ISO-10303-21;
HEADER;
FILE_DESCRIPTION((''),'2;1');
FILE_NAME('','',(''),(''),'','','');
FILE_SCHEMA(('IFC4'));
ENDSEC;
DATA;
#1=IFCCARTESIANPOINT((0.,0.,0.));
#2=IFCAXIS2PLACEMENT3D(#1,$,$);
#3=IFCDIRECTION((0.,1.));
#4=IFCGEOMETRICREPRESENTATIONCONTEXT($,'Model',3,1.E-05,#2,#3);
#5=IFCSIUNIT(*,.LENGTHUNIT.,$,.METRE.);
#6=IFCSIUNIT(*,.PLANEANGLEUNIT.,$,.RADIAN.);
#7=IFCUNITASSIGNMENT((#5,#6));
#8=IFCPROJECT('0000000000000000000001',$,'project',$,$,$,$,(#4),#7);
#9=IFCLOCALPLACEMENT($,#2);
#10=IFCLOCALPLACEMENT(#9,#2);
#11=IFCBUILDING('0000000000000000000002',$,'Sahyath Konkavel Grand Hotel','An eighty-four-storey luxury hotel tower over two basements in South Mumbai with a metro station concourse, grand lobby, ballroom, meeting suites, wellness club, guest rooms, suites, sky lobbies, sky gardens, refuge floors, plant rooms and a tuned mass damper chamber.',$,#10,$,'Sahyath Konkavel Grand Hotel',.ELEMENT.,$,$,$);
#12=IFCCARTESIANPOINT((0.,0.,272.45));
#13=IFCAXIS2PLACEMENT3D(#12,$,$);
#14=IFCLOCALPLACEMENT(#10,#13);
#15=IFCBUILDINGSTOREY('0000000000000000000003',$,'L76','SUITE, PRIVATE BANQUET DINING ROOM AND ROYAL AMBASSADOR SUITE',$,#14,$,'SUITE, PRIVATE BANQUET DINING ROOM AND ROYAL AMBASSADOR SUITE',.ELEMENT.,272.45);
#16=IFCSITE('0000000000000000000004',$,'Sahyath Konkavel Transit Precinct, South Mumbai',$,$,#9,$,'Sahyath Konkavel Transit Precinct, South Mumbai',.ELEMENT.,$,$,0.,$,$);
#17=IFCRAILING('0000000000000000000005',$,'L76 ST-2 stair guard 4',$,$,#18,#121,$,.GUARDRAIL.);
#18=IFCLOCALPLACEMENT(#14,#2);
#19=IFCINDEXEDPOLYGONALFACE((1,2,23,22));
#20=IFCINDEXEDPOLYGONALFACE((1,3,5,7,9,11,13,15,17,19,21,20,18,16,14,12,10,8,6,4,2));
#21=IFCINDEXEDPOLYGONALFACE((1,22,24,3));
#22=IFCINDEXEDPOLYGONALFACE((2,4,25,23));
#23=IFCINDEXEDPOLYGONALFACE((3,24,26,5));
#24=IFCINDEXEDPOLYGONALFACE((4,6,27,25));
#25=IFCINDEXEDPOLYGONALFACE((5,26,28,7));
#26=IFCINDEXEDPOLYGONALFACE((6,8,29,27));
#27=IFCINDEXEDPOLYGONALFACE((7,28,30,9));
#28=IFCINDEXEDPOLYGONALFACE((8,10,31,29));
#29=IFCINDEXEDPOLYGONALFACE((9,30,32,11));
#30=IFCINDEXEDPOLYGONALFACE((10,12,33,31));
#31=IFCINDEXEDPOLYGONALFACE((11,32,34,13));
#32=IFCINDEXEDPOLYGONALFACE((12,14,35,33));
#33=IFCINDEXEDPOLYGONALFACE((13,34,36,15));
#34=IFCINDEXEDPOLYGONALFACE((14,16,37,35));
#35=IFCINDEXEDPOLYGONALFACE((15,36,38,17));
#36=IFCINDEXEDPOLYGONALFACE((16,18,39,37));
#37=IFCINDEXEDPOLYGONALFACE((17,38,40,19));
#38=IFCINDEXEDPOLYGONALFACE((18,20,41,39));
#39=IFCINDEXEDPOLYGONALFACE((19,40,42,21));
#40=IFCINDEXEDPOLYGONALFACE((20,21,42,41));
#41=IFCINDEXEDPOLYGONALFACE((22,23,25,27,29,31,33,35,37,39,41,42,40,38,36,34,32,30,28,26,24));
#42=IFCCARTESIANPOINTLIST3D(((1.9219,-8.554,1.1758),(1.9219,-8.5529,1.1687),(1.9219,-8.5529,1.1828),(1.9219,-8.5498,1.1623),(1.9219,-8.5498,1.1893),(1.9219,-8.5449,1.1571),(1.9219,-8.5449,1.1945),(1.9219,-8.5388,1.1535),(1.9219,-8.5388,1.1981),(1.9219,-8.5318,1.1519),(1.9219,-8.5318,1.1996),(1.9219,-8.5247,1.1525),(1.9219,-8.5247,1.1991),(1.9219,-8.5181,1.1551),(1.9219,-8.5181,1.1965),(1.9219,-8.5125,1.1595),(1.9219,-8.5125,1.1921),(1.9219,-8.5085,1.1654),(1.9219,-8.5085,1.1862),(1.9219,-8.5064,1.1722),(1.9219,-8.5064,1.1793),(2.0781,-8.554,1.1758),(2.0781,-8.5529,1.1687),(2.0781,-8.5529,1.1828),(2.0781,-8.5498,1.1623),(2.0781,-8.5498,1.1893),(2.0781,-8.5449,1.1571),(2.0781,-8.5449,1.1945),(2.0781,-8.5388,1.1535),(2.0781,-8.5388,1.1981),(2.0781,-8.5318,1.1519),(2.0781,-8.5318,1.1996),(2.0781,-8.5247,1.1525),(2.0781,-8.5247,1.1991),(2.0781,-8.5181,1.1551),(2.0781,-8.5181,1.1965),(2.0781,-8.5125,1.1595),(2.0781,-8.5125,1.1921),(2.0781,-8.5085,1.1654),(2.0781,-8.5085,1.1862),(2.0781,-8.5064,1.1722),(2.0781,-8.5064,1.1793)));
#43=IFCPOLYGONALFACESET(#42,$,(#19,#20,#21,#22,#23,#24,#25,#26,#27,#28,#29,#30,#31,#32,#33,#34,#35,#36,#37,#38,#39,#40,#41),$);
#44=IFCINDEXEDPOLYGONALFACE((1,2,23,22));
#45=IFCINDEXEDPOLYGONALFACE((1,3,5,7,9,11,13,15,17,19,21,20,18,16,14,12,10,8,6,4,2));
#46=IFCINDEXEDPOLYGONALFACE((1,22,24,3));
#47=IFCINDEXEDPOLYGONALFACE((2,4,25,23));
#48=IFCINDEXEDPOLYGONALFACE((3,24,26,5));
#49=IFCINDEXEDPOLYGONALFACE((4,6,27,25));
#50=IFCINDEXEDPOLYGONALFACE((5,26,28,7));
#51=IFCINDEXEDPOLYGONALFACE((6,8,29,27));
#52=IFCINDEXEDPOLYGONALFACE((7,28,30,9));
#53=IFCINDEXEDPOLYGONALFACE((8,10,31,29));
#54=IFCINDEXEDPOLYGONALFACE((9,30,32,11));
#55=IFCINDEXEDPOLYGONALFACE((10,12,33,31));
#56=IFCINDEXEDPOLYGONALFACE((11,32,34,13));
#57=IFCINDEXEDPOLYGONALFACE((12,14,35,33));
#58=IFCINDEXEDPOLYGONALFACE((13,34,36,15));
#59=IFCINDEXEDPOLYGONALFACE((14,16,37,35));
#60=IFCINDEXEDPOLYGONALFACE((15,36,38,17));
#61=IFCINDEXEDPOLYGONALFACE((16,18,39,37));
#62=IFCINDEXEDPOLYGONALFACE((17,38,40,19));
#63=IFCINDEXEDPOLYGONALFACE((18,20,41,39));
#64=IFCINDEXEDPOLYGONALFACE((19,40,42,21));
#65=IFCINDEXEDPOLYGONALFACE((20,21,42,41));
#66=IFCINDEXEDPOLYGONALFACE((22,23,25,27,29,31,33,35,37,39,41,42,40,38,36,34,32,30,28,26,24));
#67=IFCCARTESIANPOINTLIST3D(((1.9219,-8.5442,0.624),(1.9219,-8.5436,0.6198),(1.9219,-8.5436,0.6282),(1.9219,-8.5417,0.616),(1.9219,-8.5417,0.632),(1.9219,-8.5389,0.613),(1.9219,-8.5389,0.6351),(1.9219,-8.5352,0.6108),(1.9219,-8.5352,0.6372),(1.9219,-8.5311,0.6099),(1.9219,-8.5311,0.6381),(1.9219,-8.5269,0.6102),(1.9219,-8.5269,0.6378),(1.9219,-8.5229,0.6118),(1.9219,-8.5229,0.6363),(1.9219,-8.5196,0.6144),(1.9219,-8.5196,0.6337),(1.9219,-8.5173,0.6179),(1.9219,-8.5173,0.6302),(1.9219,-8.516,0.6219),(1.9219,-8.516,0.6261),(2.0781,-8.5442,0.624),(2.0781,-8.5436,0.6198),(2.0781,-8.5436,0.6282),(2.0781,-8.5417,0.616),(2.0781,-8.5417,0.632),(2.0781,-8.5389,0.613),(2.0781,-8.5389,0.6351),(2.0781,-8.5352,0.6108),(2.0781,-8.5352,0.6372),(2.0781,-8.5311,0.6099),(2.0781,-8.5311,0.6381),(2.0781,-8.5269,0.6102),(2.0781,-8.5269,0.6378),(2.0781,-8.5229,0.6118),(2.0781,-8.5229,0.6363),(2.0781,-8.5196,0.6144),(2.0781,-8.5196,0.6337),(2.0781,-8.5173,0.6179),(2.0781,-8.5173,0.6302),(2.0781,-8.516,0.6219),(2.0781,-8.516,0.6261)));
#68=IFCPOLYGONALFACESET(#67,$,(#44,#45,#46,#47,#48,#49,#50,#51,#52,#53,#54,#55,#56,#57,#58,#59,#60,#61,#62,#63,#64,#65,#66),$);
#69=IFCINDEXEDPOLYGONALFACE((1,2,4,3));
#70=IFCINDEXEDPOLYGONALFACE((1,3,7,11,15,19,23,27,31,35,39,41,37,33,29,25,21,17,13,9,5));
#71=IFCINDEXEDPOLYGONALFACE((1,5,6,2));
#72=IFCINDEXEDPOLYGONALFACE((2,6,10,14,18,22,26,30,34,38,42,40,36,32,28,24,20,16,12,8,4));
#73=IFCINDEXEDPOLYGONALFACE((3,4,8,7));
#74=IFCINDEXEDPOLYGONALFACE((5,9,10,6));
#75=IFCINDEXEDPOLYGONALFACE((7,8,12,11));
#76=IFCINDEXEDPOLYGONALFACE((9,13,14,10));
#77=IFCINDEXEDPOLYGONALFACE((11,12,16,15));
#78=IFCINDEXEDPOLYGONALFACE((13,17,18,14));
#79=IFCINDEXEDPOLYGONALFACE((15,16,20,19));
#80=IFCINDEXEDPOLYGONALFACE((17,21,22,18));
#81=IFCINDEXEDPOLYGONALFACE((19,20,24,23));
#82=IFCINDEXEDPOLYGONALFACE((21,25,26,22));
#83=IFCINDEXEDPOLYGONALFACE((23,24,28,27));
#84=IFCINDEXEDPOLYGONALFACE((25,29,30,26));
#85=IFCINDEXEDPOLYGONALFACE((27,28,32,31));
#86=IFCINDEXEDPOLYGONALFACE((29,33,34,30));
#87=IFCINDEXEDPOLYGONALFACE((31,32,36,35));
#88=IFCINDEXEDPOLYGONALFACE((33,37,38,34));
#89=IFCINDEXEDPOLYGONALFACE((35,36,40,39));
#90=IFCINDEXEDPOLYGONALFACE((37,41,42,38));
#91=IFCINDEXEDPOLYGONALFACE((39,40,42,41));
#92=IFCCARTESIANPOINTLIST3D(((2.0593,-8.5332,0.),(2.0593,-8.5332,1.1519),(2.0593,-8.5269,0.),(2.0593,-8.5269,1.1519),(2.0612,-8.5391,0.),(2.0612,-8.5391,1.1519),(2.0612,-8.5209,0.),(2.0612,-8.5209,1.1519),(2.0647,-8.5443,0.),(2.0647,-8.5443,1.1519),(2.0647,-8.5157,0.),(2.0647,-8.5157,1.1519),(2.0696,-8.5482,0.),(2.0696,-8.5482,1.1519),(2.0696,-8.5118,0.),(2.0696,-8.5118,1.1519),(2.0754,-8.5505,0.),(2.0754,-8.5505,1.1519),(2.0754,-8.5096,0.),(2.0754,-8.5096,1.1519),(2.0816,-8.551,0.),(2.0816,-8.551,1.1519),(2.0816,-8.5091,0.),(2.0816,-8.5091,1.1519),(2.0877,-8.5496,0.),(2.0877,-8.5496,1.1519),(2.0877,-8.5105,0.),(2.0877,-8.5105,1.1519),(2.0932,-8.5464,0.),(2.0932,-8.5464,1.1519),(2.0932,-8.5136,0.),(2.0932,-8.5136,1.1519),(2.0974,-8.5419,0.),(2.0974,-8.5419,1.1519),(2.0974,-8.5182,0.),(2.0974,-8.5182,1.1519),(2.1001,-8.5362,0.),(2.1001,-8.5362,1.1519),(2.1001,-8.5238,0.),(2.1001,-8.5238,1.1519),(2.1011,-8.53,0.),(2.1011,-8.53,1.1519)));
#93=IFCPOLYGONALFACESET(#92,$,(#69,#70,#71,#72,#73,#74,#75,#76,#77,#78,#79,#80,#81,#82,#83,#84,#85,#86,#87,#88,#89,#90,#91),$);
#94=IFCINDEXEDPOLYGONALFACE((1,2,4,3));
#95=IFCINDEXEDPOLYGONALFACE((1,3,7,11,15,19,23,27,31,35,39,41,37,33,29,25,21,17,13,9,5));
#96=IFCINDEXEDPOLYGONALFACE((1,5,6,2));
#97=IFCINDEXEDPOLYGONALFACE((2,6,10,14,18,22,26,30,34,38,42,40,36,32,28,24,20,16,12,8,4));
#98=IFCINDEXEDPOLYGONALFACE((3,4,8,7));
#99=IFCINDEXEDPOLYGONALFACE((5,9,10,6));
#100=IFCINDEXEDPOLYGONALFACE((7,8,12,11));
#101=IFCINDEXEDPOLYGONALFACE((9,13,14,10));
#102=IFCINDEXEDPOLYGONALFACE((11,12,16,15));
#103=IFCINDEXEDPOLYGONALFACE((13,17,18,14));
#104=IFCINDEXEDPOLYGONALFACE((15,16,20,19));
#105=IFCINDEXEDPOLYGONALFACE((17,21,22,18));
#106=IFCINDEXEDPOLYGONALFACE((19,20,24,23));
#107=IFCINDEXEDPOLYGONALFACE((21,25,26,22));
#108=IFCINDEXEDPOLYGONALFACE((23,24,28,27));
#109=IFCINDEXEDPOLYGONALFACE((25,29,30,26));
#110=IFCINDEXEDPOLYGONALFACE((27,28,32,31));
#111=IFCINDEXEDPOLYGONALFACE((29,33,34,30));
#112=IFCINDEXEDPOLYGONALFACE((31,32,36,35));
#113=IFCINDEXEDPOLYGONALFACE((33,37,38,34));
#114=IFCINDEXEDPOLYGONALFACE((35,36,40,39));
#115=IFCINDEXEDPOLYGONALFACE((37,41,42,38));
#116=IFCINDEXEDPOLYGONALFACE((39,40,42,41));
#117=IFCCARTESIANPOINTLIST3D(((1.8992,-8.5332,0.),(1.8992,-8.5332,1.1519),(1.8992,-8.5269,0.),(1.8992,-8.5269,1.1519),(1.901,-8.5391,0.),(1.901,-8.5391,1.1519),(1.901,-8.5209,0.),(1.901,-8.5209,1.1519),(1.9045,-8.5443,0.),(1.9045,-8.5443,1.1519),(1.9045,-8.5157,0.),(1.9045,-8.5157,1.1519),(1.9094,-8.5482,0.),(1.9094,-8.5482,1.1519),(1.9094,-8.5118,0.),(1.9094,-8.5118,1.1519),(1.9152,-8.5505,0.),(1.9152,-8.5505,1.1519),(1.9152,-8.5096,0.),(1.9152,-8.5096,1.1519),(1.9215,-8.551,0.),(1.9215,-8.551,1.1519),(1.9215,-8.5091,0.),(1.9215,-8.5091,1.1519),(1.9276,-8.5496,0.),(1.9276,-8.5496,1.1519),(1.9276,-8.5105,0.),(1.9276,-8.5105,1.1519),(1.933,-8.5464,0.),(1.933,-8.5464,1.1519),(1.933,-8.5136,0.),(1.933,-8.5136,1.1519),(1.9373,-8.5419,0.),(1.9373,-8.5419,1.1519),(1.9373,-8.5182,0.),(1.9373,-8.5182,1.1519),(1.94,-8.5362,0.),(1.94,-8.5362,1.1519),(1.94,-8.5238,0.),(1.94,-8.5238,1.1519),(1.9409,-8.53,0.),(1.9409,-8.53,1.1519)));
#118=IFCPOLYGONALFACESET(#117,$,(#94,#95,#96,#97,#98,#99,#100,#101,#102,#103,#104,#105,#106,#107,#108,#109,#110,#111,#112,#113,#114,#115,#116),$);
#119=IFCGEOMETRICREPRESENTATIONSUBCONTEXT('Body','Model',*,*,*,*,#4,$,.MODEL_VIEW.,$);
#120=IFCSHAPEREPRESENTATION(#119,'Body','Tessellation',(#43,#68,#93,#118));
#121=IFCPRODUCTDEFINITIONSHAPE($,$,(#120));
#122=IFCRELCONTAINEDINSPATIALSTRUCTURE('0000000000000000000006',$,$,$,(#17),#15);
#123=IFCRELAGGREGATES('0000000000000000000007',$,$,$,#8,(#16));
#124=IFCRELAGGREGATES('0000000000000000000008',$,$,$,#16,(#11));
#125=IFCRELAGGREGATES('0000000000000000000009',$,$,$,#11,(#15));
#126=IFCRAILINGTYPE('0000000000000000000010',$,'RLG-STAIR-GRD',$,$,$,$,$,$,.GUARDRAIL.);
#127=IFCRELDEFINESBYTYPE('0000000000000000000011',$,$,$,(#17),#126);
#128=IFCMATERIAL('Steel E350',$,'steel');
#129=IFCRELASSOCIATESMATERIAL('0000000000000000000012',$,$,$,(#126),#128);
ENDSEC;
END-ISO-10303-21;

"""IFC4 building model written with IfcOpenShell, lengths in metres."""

from ifc_helpers import new_model, si_unit, direction, frame, origin, origin_2d, place, context, subcontext, project, spatial, circle, extrude, material, type_object, element, save


model = new_model("IFC4")

# Units and contexts
model_context = context("Model", 3, precision=1e-05, world=origin(), true_north=direction((0.0, 1.0)))
body_context = subcontext(model_context, "Body", "Model", "MODEL_VIEW")
ifc_project = project(units=[si_unit("LENGTHUNIT", "METRE"), si_unit("PLANEANGLEUNIT", "RADIAN")], contexts=[model_context])

# Site, building, storey
site_placement = place(None, origin())
site = spatial("IfcSite", under=ifc_project, at=site_placement, Name="Sahyath Konkavel Transit Precinct, South Mumbai", LongName="Sahyath Konkavel Transit Precinct, South Mumbai", CompositionType="ELEMENT", RefElevation=0.0)
building_placement = place(site_placement, origin())
building = spatial("IfcBuilding", under=site, at=building_placement, Name="Sahyath Konkavel Grand Hotel", Description="An eighty-four-storey luxury hotel tower over two basements in South Mumbai with a metro station concourse, grand lobby, ballroom, meeting suites, wellness club, guest rooms, suites, sky lobbies, sky gardens, refuge floors, plant rooms and a tuned mass damper chamber.", LongName="Sahyath Konkavel Grand Hotel", CompositionType="ELEMENT")
storey_placement = place(building_placement, frame((0.0, 0.0, 272.45)))
storey = spatial("IfcBuildingStorey", under=building, at=storey_placement, Name="L76", Description="SUITE, PRIVATE BANQUET DINING ROOM AND ROYAL AMBASSADOR SUITE", LongName="SUITE, PRIVATE BANQUET DINING ROOM AND ROYAL AMBASSADOR SUITE", CompositionType="ELEMENT", Elevation=272.45)

# Shared definitions
ifc_material_1 = material(Name="Steel E350", Category="steel")

# Railing
railing_type_1 = type_object("IfcRailingType", Name="RLG-STAIR-GRD", PredefinedType="GUARDRAIL", material=ifc_material_1)
railing_1_placement = place(storey_placement, frame((2.0801, -8.53, 0.0)))
element("IfcRailing", 1, at=railing_1_placement, inside=storey, type_object=railing_type_1, Name="L76 ST-2 stair guard 4", PredefinedType="GUARDRAIL", context=body_context, shape_type="SweptSolid", body=[
    extrude(circle(Radius=0.0239, at=origin_2d()), frame((-0.002, 0.0, 1.1758), z_axis=(-1.0, 0.0, 0.0), x_axis=(0.0, -1.0, 0.0)), (0.0, 0.0, 1.0), 0.1562),
    extrude(circle(Radius=0.0142, at=origin_2d()), frame((-0.002, 0.0, 0.624), z_axis=(-1.0, 0.0, 0.0), x_axis=(0.0, -1.0, 0.0)), (0.0, 0.0, 1.0), 0.1562),
    extrude(circle(Radius=0.021, at=origin_2d()), origin(), (0.0, 0.0, 1.0), 1.1519),
    extrude(circle(Radius=0.021, at=origin_2d()), frame((-0.1602, 0.0, 0.0)), (0.0, 0.0, 1.0), 1.1519),
])

save(model, "model.ifc")
